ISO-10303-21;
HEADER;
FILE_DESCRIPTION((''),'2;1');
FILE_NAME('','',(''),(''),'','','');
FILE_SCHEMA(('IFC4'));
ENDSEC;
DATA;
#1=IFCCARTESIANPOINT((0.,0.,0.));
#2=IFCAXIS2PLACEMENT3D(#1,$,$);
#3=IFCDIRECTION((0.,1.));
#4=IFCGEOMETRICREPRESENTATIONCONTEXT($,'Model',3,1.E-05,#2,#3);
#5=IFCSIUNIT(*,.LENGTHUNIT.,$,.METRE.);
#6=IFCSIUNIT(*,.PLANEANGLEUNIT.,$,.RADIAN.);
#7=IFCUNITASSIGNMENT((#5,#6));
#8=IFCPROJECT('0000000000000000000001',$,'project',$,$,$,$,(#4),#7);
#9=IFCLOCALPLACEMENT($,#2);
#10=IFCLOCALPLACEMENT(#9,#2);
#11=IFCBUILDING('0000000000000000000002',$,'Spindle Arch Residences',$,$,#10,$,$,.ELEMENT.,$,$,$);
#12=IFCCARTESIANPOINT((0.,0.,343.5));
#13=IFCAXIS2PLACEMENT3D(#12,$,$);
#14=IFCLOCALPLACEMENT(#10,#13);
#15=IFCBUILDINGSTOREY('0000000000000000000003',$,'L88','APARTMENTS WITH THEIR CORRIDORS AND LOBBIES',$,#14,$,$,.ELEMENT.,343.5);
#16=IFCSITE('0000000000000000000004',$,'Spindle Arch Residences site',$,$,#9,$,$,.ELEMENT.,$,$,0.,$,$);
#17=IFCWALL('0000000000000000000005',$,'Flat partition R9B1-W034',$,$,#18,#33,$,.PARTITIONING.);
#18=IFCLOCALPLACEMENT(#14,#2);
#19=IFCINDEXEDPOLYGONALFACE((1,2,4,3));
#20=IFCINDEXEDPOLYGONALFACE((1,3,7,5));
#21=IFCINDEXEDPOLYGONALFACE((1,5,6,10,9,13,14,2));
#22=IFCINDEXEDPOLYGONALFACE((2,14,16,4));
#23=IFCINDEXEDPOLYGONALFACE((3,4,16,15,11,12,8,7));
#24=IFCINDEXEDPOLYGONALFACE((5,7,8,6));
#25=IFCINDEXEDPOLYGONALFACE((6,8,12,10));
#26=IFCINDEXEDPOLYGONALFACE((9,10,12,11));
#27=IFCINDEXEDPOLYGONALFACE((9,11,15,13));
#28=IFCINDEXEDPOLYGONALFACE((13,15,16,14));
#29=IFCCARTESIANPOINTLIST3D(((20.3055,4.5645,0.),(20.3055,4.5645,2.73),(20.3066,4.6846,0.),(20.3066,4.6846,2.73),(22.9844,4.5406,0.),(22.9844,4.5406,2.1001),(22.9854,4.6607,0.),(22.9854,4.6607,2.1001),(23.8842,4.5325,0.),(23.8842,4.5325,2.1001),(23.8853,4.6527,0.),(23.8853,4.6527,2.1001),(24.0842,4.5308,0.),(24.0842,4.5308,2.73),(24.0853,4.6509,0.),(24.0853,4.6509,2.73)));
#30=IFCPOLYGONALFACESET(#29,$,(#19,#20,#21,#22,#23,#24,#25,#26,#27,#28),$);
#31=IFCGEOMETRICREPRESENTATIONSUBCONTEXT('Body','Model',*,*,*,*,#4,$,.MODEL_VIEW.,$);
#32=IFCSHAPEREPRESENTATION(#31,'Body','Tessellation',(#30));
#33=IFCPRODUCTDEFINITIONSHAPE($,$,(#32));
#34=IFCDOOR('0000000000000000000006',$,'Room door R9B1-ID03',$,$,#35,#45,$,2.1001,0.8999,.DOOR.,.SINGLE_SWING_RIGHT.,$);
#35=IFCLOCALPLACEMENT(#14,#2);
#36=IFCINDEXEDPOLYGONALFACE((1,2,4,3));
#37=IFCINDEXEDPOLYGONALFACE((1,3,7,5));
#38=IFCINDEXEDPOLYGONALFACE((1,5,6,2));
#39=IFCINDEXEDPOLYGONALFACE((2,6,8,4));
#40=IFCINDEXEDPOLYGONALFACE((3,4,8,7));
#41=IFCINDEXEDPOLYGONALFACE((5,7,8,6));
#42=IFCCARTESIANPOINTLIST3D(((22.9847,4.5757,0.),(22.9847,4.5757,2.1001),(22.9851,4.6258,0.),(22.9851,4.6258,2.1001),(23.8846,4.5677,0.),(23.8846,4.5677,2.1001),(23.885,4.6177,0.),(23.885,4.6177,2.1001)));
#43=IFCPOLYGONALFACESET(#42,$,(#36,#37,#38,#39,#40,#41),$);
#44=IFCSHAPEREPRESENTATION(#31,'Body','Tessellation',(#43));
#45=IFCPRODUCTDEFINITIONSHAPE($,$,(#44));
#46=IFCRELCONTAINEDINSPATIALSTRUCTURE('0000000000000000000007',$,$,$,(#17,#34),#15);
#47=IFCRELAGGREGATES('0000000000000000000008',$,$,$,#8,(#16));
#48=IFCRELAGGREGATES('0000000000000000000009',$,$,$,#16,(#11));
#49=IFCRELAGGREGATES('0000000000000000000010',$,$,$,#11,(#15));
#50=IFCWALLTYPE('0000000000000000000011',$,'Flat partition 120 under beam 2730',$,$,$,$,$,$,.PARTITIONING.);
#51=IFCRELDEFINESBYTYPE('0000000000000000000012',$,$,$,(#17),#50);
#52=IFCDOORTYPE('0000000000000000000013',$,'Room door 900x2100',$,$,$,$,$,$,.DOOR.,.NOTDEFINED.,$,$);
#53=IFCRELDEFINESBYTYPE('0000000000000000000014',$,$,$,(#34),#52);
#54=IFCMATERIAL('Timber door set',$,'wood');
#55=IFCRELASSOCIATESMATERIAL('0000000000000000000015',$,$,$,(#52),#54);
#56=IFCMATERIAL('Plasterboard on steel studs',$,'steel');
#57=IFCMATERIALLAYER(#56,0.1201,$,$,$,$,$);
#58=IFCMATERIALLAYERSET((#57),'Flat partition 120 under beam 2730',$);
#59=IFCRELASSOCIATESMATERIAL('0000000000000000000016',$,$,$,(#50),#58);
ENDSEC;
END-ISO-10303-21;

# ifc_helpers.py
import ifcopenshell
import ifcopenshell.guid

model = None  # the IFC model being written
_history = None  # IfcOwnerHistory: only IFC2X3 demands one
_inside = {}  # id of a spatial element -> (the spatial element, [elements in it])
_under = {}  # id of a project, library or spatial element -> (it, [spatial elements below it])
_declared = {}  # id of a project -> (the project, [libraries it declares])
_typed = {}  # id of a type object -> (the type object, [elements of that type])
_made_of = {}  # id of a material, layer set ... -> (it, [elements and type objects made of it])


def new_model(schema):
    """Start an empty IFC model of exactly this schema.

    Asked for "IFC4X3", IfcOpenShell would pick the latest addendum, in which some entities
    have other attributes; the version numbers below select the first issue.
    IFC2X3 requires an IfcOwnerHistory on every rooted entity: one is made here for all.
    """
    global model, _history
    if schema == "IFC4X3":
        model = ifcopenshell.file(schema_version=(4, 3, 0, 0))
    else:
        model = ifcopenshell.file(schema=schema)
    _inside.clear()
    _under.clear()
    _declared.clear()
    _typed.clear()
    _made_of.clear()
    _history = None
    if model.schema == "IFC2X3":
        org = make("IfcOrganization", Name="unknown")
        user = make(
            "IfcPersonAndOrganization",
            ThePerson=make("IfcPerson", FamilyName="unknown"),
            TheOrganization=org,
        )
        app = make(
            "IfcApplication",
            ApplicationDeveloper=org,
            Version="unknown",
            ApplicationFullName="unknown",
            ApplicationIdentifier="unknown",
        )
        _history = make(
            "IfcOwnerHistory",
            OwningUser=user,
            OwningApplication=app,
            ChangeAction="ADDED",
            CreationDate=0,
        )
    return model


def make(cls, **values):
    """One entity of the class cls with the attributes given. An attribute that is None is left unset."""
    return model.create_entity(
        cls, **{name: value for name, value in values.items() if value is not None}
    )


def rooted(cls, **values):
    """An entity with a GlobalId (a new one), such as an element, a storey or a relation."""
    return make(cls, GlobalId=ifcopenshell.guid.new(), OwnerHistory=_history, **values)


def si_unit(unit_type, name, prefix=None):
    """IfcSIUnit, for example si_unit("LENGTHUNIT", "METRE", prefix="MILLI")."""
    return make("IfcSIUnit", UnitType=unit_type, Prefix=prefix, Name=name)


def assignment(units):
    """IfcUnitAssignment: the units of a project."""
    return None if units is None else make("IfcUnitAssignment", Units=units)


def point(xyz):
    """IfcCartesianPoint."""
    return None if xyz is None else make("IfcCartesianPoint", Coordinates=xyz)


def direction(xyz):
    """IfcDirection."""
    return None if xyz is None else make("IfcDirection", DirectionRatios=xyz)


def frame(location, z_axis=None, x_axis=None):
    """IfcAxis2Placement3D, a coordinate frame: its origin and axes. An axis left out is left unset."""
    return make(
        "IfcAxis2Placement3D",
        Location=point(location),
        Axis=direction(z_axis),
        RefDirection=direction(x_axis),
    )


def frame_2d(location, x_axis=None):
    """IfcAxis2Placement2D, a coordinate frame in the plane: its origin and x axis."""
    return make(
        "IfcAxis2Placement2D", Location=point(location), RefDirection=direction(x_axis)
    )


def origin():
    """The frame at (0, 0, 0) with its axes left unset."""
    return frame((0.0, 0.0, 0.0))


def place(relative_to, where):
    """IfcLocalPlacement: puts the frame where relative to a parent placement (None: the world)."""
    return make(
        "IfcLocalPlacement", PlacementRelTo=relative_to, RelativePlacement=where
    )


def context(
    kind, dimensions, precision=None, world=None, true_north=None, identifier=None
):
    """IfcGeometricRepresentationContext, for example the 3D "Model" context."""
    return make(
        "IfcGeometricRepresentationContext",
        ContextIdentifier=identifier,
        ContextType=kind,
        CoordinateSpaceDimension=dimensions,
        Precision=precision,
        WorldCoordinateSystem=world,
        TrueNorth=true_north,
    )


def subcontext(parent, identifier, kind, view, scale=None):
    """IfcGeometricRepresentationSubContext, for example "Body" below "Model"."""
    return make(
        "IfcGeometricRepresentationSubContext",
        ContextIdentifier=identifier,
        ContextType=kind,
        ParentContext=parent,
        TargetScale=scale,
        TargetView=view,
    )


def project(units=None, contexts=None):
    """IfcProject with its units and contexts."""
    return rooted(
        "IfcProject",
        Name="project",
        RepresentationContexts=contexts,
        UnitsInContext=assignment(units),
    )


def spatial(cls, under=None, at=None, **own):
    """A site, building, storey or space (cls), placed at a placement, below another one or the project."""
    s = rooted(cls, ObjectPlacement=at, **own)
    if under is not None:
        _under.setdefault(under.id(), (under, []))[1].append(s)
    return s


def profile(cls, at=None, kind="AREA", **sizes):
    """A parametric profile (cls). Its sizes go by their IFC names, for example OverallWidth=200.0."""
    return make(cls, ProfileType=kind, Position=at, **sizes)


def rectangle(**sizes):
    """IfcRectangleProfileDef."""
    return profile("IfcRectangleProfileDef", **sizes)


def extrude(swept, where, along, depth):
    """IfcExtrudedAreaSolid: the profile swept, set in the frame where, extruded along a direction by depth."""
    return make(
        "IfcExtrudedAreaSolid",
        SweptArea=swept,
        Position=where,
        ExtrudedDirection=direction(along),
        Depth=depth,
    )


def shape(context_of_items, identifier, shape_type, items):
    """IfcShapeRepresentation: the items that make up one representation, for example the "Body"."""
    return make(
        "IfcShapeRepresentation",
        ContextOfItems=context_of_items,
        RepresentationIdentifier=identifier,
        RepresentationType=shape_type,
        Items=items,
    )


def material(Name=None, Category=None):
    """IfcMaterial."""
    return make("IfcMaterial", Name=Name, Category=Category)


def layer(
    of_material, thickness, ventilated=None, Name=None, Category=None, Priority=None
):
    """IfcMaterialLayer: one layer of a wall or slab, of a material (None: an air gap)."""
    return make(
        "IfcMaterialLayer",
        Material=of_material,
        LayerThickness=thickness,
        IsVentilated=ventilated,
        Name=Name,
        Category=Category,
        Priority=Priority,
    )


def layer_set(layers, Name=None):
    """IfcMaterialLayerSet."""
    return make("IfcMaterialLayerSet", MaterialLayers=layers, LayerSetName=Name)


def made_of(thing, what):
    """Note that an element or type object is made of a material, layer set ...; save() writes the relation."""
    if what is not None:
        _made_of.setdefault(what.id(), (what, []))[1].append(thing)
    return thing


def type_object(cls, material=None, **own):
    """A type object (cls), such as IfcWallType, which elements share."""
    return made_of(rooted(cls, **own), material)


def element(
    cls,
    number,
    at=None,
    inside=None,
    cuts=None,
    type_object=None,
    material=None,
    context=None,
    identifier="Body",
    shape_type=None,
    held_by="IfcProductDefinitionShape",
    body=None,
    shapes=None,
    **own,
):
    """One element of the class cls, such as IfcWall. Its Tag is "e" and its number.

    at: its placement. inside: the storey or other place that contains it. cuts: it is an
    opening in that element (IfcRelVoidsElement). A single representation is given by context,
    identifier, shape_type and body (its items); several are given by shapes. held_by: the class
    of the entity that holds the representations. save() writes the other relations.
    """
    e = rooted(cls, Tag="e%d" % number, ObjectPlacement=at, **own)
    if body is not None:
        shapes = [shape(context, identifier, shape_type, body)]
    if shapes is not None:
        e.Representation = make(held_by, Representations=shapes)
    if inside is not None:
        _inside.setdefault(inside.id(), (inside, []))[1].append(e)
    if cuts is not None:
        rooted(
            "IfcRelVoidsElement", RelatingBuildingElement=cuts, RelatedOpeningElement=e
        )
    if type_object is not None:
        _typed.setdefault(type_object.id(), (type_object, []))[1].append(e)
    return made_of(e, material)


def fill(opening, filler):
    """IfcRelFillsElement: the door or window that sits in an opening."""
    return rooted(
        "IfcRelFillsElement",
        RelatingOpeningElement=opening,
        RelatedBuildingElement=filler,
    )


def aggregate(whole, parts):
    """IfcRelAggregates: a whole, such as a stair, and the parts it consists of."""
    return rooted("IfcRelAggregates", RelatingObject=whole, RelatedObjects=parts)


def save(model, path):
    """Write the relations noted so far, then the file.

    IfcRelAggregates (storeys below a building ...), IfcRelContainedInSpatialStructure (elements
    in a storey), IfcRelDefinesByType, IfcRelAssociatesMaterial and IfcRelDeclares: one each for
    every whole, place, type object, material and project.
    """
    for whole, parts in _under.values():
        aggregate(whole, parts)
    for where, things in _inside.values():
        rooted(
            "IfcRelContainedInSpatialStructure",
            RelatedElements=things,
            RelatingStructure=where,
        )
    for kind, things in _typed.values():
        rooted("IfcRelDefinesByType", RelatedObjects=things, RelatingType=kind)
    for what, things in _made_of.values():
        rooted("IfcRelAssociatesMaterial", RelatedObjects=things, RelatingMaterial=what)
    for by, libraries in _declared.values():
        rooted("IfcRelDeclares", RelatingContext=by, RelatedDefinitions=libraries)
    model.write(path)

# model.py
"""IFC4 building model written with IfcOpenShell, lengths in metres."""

from ifc_helpers import new_model, si_unit, direction, frame, frame_2d, origin, place, context, subcontext, project, spatial, rectangle, extrude, material, layer, layer_set, type_object, element, fill, save


model = new_model("IFC4")

# Units and contexts
model_context = context("Model", 3, precision=1e-05, world=origin(), true_north=direction((0.0, 1.0)))
body_context = subcontext(model_context, "Body", "Model", "MODEL_VIEW")
ifc_project = project(units=[si_unit("LENGTHUNIT", "METRE"), si_unit("PLANEANGLEUNIT", "RADIAN")], contexts=[model_context])

# Site, building, storey
site_placement = place(None, origin())
site = spatial("IfcSite", under=ifc_project, at=site_placement, Name="Spindle Arch Residences site", CompositionType="ELEMENT", RefElevation=0.0)
building_placement = place(site_placement, origin())
building = spatial("IfcBuilding", under=site, at=building_placement, Name="Spindle Arch Residences", CompositionType="ELEMENT")
storey_placement = place(building_placement, frame((0.0, 0.0, 343.5)))
storey = spatial("IfcBuildingStorey", under=building, at=storey_placement, Name="L88", Description="APARTMENTS WITH THEIR CORRIDORS AND LOBBIES", CompositionType="ELEMENT", Elevation=343.5)

# Shared definitions
ifc_material_1 = material(Name="Timber door set", Category="wood")
door_type = type_object("IfcDoorType", Name="Room door 900x2100", OperationType="NOTDEFINED", PredefinedType="DOOR", material=ifc_material_1)

# Wall, opening, door
ifc_material_2 = material(Name="Plasterboard on steel studs", Category="steel")
ifc_layer_1 = layer(ifc_material_2, 0.1201)
ifc_layer_set_1 = layer_set([ifc_layer_1], Name="Flat partition 120 under beam 2730")
wall_type_1 = type_object("IfcWallType", Name="Flat partition 120 under beam 2730", PredefinedType="PARTITIONING", material=ifc_layer_set_1)
wall_1_placement = place(storey_placement, frame((24.0847, 4.5908, 0.0), z_axis=(0.0, 0.0, 1.0), x_axis=(-0.99996, 0.008916, 0.0)))
wall_1 = element("IfcWall", 1, at=wall_1_placement, inside=storey, type_object=wall_type_1, Name="Flat partition R9B1-W034", PredefinedType="PARTITIONING", context=body_context, shape_type="SweptSolid", body=[
    extrude(rectangle(XDim=3.7788, YDim=0.1201, at=frame_2d((1.8894, 0.0))), origin(), (0.0, 0.0, 1.0), 2.73),
])
opening_1_placement = place(wall_1_placement, frame((0.2, 0.0, 0.0)))
opening_1 = element("IfcOpeningElement", 2, at=opening_1_placement, cuts=wall_1, PredefinedType="OPENING", context=body_context, shape_type="SweptSolid", body=[
    extrude(rectangle(XDim=0.8999, YDim=2.1001, at=frame_2d((0.45, 1.05))), frame((0.0, 0.0701, 0.0), z_axis=(0.0, -1.0, 0.0), x_axis=(1.0, 0.0, 0.0)), (0.0, 0.0, 1.0), 0.1401),
])
door_1_placement = place(opening_1_placement, origin())
door_1 = element("IfcDoor", 3, at=door_1_placement, inside=storey, type_object=door_type, Name="Room door R9B1-ID03", OperationType="SINGLE_SWING_RIGHT", OverallHeight=2.1001, OverallWidth=0.8999, PredefinedType="DOOR", context=body_context, shape_type="SweptSolid", body=[
    extrude(rectangle(XDim=0.8999, YDim=2.1001, at=frame_2d((0.45, 1.05))), frame((0.0, 0.0249, 0.0), z_axis=(0.0, -1.0, 0.0), x_axis=(1.0, 0.0, 0.0)), (0.0, 0.0, 1.0), 0.05),
])
fill(opening_1, door_1)

save(model, "model.ifc")
